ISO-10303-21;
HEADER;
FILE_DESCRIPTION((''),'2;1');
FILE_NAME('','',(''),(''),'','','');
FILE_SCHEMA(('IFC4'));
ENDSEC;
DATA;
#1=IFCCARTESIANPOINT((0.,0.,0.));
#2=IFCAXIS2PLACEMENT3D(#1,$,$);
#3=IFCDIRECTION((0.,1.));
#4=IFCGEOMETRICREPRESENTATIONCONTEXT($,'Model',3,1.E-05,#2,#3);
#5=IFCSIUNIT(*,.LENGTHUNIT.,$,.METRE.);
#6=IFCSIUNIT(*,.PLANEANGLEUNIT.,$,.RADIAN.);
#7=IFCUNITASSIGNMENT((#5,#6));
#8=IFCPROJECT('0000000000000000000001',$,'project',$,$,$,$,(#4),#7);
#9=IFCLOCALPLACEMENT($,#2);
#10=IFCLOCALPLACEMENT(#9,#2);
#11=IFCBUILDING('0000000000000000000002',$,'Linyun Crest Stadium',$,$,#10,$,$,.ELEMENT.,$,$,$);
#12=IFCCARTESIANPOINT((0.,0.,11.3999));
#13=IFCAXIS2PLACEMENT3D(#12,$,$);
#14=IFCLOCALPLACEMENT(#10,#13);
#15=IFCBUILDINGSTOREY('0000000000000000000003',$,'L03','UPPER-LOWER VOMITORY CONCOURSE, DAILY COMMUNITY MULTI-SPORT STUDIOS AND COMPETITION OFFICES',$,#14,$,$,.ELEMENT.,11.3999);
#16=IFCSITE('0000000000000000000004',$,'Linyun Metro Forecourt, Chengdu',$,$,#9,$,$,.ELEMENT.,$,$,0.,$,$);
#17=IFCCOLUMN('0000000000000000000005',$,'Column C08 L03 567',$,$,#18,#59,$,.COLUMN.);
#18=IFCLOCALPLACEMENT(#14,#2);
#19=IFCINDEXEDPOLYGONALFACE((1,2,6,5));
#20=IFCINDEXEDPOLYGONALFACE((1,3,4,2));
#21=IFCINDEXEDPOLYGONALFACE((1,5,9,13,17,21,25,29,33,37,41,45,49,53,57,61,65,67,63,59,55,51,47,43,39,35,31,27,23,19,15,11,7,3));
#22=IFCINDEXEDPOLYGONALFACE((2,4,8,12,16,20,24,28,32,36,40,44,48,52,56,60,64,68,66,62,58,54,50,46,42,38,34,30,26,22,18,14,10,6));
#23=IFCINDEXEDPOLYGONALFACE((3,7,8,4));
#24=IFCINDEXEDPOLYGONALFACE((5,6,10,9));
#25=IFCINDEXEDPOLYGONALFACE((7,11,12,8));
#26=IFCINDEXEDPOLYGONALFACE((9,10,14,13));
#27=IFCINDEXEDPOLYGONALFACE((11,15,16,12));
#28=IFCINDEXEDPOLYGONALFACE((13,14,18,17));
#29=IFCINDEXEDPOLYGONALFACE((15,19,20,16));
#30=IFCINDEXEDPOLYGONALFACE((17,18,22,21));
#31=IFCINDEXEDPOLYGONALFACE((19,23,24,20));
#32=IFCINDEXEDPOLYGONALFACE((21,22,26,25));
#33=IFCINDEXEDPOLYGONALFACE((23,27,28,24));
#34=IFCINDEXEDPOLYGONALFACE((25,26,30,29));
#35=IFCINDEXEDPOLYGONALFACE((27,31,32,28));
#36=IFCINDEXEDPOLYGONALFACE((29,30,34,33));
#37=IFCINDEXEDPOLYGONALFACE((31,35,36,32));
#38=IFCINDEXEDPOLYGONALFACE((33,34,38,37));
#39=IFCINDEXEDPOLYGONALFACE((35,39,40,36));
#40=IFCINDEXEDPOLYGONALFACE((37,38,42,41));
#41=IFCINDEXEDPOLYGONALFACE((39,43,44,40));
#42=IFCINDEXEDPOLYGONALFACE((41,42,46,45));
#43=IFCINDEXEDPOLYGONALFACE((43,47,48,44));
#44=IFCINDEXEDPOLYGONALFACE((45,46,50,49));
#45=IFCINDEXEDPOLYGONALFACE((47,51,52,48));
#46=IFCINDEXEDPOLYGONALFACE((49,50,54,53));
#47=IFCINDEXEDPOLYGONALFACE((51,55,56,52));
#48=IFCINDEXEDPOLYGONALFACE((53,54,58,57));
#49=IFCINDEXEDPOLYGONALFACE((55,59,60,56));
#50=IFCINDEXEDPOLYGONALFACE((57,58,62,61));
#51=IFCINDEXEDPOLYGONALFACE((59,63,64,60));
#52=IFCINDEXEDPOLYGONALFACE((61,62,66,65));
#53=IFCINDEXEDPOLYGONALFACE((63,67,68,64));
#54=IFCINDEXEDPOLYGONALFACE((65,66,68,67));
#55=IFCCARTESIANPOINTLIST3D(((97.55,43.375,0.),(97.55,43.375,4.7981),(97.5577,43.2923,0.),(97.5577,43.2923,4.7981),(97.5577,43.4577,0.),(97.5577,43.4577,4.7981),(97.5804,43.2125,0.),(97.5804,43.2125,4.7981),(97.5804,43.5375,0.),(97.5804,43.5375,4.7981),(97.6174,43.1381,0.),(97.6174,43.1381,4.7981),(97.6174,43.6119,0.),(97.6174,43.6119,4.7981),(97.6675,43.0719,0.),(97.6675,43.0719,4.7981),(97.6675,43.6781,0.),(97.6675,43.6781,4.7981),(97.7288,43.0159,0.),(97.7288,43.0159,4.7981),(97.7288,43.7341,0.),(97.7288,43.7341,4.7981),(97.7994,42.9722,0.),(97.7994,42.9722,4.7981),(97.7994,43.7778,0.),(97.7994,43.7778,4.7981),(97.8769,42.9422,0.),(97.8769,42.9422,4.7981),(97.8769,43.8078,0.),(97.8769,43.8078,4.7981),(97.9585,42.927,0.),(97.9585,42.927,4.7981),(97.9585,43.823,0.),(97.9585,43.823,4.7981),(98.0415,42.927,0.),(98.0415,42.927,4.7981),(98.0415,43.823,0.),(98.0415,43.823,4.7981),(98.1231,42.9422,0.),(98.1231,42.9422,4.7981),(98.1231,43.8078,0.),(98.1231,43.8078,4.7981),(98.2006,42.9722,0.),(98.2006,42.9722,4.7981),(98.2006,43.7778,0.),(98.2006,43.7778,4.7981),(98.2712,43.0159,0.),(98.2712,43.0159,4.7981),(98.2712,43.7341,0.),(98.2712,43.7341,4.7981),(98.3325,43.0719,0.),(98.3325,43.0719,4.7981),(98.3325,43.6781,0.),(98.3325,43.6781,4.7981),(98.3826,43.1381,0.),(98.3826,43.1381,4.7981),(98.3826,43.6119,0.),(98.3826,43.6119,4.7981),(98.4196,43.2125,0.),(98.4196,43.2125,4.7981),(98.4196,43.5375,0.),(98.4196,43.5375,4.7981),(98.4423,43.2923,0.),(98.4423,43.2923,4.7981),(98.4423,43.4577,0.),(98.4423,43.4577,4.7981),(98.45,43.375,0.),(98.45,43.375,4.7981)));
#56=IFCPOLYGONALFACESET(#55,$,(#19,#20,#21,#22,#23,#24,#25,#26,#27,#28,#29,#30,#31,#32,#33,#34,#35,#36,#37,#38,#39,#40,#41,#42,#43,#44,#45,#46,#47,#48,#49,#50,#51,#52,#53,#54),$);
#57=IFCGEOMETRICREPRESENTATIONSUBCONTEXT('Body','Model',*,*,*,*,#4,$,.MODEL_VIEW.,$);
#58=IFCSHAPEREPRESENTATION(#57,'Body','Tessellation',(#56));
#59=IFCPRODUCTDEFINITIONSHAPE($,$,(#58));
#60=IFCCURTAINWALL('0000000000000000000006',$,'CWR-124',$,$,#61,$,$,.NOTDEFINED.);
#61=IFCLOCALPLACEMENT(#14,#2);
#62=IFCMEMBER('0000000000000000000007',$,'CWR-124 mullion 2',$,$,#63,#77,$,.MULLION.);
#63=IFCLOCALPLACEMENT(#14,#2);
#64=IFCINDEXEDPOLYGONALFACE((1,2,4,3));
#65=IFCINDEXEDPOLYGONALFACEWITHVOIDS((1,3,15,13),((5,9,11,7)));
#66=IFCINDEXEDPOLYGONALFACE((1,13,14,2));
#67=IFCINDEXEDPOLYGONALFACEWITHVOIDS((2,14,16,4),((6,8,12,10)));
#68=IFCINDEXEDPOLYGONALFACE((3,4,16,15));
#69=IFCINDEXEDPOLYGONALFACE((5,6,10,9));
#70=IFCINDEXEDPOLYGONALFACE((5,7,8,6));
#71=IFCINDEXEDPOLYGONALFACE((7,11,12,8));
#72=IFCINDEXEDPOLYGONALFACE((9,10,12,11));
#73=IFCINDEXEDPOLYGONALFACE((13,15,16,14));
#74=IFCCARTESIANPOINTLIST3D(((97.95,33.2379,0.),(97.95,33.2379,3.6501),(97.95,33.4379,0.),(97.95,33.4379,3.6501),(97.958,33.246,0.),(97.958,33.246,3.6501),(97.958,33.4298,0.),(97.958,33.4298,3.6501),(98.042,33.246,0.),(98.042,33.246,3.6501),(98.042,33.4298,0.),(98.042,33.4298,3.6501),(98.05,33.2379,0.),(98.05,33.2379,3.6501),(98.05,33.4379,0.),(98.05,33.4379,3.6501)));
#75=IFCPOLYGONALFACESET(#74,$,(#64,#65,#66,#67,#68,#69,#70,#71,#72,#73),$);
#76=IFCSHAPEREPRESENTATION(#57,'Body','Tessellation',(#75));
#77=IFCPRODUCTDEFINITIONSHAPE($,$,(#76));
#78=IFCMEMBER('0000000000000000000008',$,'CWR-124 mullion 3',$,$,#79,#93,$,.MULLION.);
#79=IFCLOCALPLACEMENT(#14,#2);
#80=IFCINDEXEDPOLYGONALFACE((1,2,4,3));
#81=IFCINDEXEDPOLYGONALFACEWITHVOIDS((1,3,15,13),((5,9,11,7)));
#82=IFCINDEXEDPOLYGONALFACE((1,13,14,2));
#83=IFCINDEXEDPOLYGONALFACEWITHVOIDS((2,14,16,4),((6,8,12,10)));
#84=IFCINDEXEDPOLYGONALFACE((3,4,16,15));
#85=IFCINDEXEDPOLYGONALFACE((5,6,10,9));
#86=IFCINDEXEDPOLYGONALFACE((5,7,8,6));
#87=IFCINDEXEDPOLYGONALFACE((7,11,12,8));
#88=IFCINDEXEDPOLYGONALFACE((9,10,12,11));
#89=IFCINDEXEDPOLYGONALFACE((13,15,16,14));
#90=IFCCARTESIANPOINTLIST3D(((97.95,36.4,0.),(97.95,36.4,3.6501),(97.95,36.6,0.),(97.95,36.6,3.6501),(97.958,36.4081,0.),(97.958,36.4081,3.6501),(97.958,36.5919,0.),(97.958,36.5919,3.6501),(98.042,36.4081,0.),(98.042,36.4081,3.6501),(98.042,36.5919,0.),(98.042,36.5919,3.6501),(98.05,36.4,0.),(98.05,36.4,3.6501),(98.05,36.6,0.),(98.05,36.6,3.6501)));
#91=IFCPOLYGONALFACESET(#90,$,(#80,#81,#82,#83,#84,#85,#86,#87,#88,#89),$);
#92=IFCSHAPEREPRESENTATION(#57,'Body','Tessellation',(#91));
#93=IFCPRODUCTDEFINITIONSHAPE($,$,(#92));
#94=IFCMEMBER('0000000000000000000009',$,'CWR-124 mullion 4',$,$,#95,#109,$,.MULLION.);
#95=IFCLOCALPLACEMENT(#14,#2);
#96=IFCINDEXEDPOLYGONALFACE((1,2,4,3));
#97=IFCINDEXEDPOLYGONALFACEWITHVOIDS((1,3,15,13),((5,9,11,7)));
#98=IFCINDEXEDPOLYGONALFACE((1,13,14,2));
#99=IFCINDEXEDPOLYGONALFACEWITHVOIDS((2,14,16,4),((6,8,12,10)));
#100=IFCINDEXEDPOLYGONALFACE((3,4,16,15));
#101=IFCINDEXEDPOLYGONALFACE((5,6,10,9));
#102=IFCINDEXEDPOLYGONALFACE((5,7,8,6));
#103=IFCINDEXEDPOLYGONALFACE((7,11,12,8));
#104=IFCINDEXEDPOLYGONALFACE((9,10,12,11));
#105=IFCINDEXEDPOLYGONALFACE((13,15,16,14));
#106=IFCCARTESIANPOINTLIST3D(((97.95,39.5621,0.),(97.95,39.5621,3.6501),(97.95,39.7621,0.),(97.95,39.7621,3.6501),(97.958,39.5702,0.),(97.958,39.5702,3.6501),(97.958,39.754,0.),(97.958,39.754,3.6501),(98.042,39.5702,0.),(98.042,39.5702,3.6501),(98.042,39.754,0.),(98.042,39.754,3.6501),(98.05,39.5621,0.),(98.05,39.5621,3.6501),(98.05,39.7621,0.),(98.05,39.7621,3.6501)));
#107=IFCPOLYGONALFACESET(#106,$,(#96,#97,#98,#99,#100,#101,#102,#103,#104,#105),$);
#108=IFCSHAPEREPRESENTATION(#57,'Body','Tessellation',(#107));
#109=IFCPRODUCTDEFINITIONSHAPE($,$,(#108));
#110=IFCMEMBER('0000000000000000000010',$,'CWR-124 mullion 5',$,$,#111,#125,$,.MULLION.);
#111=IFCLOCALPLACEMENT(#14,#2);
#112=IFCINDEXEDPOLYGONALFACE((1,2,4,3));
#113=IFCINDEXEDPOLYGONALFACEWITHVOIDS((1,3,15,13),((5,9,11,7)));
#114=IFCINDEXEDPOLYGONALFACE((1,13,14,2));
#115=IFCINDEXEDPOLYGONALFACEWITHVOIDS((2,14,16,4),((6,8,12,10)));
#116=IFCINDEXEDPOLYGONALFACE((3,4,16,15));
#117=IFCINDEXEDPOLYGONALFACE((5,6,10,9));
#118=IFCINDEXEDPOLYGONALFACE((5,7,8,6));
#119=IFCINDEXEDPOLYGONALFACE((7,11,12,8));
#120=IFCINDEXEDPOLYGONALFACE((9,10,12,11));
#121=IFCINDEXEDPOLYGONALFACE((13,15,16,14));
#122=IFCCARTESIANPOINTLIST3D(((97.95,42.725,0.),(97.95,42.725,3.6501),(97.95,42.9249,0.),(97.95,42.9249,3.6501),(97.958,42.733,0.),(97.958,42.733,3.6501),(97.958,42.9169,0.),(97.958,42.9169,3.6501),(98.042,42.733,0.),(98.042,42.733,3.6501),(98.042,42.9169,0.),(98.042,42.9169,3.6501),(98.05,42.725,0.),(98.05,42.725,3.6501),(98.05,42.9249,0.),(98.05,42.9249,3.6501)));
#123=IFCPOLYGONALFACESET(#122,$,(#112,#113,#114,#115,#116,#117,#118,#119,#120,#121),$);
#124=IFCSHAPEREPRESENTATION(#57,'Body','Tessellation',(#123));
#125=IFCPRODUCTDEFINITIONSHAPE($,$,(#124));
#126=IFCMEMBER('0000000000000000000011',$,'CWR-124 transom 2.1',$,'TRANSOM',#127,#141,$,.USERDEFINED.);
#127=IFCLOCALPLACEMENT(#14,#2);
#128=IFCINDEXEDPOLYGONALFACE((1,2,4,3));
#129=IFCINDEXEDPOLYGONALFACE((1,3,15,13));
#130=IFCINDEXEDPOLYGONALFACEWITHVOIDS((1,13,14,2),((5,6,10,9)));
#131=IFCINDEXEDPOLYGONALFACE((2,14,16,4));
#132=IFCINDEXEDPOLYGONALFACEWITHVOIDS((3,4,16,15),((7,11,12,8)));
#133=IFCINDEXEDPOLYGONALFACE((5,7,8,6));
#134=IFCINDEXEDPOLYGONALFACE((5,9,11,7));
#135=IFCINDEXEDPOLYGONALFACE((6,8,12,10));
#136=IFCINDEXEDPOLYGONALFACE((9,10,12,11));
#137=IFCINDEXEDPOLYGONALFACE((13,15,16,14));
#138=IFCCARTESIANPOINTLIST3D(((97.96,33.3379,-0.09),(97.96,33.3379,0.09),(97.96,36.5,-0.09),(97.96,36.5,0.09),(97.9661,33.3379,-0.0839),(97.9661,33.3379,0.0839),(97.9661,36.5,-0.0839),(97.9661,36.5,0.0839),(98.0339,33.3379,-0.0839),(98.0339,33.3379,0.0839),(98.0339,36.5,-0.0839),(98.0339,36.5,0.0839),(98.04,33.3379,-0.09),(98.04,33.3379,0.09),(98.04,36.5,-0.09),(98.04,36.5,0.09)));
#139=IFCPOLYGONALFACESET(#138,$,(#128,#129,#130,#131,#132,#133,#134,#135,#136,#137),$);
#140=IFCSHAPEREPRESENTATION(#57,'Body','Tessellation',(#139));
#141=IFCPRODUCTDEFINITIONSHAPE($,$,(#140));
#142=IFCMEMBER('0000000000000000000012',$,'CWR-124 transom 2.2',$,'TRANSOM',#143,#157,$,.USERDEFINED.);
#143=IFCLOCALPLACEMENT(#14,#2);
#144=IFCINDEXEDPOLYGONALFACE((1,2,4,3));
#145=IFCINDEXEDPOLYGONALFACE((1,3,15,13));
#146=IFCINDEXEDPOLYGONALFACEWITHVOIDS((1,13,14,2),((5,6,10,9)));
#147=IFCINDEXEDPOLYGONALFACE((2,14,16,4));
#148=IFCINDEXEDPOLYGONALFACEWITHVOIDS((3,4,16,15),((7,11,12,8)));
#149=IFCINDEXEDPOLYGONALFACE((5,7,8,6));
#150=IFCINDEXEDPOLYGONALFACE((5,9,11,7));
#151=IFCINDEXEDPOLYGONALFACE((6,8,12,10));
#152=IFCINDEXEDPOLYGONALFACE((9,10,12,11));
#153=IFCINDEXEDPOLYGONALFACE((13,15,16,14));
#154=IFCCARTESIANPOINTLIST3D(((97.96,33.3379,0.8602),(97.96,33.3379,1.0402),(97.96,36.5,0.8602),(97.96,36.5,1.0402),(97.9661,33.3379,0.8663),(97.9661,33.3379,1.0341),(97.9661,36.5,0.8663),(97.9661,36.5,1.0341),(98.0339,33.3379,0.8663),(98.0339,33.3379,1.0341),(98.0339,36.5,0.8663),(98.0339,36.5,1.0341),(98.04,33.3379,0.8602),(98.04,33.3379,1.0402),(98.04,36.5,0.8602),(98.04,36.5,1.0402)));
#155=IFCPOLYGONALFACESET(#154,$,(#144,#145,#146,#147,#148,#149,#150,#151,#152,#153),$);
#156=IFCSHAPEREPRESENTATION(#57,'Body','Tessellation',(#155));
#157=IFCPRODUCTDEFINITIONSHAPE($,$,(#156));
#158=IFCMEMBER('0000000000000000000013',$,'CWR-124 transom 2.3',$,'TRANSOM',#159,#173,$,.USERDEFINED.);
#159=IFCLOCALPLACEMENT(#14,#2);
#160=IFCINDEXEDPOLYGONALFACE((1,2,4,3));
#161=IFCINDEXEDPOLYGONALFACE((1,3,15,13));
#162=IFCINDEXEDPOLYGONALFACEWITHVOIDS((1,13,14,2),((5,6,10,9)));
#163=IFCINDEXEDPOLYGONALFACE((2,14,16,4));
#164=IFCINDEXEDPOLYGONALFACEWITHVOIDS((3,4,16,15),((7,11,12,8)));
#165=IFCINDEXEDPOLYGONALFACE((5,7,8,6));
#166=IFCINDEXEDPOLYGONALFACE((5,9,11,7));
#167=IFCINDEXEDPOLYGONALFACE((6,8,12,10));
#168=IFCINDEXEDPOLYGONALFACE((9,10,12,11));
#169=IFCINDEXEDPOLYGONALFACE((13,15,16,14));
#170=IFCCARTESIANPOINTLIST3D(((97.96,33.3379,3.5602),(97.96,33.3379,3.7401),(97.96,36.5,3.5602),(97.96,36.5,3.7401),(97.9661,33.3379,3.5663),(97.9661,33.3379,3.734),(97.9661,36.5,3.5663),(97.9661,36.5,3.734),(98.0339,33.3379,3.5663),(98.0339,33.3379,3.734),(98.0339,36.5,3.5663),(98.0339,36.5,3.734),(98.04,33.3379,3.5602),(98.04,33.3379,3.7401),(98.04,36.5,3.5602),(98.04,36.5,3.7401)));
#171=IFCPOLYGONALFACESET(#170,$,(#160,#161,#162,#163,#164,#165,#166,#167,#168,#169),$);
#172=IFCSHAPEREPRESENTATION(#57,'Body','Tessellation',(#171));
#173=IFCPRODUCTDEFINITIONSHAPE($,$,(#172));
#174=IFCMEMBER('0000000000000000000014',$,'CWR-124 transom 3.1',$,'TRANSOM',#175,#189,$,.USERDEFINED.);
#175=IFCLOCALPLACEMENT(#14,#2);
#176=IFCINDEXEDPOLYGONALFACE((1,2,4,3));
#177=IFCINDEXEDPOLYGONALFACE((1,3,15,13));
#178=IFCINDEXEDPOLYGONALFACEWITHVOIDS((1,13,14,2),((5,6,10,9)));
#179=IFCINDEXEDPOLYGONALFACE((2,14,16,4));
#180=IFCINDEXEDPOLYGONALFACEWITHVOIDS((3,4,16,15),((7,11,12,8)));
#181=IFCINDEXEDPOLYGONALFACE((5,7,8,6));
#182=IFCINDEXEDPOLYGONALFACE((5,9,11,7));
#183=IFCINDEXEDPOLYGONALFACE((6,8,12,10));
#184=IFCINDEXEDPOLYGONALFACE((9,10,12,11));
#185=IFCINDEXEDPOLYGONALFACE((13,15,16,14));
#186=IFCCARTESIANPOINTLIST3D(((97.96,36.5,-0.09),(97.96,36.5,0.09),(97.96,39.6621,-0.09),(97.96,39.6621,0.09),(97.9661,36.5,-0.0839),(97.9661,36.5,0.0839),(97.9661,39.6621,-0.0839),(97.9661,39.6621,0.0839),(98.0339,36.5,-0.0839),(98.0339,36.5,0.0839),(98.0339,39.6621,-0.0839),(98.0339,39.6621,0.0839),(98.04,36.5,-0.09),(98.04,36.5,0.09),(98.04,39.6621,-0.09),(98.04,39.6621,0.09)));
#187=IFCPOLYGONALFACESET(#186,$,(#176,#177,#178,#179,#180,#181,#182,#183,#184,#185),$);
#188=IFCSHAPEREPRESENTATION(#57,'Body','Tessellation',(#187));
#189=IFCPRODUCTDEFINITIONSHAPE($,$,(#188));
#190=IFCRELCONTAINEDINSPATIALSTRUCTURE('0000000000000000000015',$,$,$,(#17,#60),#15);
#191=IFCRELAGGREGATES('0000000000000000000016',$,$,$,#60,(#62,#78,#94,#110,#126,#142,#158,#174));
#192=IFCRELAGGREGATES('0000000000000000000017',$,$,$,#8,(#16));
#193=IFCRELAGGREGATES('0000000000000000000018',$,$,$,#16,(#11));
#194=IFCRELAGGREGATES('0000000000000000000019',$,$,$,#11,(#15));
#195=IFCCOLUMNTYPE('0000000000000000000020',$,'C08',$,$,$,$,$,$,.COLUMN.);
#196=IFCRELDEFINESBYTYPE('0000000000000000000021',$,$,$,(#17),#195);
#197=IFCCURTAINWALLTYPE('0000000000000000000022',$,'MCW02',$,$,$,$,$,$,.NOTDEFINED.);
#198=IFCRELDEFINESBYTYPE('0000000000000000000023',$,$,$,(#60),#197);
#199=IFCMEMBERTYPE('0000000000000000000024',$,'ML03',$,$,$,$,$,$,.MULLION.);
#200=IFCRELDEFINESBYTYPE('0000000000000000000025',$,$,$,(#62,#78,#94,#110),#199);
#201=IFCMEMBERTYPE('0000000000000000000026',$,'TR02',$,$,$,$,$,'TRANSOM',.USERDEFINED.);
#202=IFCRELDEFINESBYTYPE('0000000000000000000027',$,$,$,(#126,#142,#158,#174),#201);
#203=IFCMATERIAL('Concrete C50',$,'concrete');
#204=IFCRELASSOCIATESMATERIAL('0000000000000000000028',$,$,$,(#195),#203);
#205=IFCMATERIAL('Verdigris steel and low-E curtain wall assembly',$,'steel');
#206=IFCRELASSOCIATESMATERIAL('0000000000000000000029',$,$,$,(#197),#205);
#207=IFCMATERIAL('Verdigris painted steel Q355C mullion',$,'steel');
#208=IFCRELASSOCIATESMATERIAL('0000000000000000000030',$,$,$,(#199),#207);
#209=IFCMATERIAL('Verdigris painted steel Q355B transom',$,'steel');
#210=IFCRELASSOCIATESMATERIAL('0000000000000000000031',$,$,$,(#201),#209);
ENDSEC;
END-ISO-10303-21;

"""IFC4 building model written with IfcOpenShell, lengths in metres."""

from ifc_helpers import new_model, si_unit, direction, frame, origin, origin_2d, place, context, subcontext, project, spatial, hollow_rectangle, circle, extrude, material, material_profile, profile_set, type_object, element, aggregate, save


model = new_model("IFC4")

# Units and contexts
model_context = context("Model", 3, precision=1e-05, world=origin(), true_north=direction((0.0, 1.0)))
body_context = subcontext(model_context, "Body", "Model", "MODEL_VIEW")
ifc_project = project(units=[si_unit("LENGTHUNIT", "METRE"), si_unit("PLANEANGLEUNIT", "RADIAN")], contexts=[model_context])

# Site, building, storey
site_placement = place(None, origin())
site = spatial("IfcSite", under=ifc_project, at=site_placement, Name="Linyun Metro Forecourt, Chengdu", CompositionType="ELEMENT", RefElevation=0.0)
building_placement = place(site_placement, origin())
building = spatial("IfcBuilding", under=site, at=building_placement, Name="Linyun Crest Stadium", CompositionType="ELEMENT")
storey_placement = place(building_placement, frame((0.0, 0.0, 11.3999)))
storey = spatial("IfcBuildingStorey", under=building, at=storey_placement, Name="L03", Description="UPPER-LOWER VOMITORY CONCOURSE, DAILY COMMUNITY MULTI-SPORT STUDIOS AND COMPETITION OFFICES", CompositionType="ELEMENT", Elevation=11.3999)

# Column
ifc_material_1 = material(Name="Concrete C50", Category="concrete")
ifc_material_profile_1 = material_profile(ifc_material_1, circle(Radius=0.45, at=origin_2d()), Name="RC D900")
ifc_profile_set_1 = profile_set([ifc_material_profile_1], Name="Concrete C50")
column_type = type_object("IfcColumnType", Name="C08", PredefinedType="COLUMN", material=ifc_profile_set_1)
column_placement = place(storey_placement, frame((98.0, 43.375, 0.0), z_axis=(0.0, 0.0, 1.0), x_axis=(1.0, 0.0, 0.0)))
element("IfcColumn", 1, at=column_placement, inside=storey, type_object=column_type, Name="Column C08 L03 567", PredefinedType="COLUMN", context=body_context, shape_type="SweptSolid", body=[
    extrude(circle(Radius=0.45, at=origin_2d()), origin(), (0.0, 0.0, 1.0), 4.7981),
])

# Curtain wall, members
ifc_material_2 = material(Name="Verdigris steel and low-E curtain wall assembly", Category="steel")
curtain_wall_type = type_object("IfcCurtainWallType", Name="MCW02", PredefinedType="NOTDEFINED", material=ifc_material_2)
curtain_wall_placement = place(storey_placement, origin())
curtain_wall = element("IfcCurtainWall", 2, at=curtain_wall_placement, inside=storey, type_object=curtain_wall_type, Name="CWR-124", PredefinedType="NOTDEFINED")
ifc_material_3 = material(Name="Verdigris painted steel Q355C mullion", Category="steel")
ifc_material_profile_2 = material_profile(ifc_material_3, hollow_rectangle(XDim=0.1001, YDim=0.2, WallThickness=0.0081, at=origin_2d()), Name="RHS 200x100x8")
ifc_profile_set_2 = profile_set([ifc_material_profile_2], Name="Verdigris painted steel Q355C mullion")
member_type_1 = type_object("IfcMemberType", Name="ML03", PredefinedType="MULLION", material=ifc_profile_set_2)
member_1_placement = place(storey_placement, frame((98.0, 33.3379, 0.0), z_axis=(0.0, 0.0, 1.0), x_axis=(-1.0, 0.0, 0.0)))
member_1 = element("IfcMember", 3, at=member_1_placement, type_object=member_type_1, Name="CWR-124 mullion 2", PredefinedType="MULLION", context=body_context, shape_type="SweptSolid", body=[
    extrude(hollow_rectangle(XDim=0.1001, YDim=0.2, WallThickness=0.0081, at=origin_2d()), origin(), (0.0, 0.0, 1.0), 3.6501),
])
member_2_placement = place(storey_placement, frame((98.0, 36.5, 0.0), z_axis=(0.0, 0.0, 1.0), x_axis=(-1.0, 0.0, 0.0)))
member_2 = element("IfcMember", 4, at=member_2_placement, type_object=member_type_1, Name="CWR-124 mullion 3", PredefinedType="MULLION", context=body_context, shape_type="SweptSolid", body=[
    extrude(hollow_rectangle(XDim=0.1001, YDim=0.2, WallThickness=0.0081, at=origin_2d()), origin(), (0.0, 0.0, 1.0), 3.6501),
])
member_3_placement = place(storey_placement, frame((98.0, 39.6621, 0.0), z_axis=(0.0, 0.0, 1.0), x_axis=(-1.0, 0.0, 0.0)))
member_3 = element("IfcMember", 5, at=member_3_placement, type_object=member_type_1, Name="CWR-124 mullion 4", PredefinedType="MULLION", context=body_context, shape_type="SweptSolid", body=[
    extrude(hollow_rectangle(XDim=0.1001, YDim=0.2, WallThickness=0.0081, at=origin_2d()), origin(), (0.0, 0.0, 1.0), 3.6501),
])
member_4_placement = place(storey_placement, frame((98.0, 42.825, 0.0), z_axis=(0.0, 0.0, 1.0), x_axis=(-1.0, 0.0, 0.0)))
member_4 = element("IfcMember", 6, at=member_4_placement, type_object=member_type_1, Name="CWR-124 mullion 5", PredefinedType="MULLION", context=body_context, shape_type="SweptSolid", body=[
    extrude(hollow_rectangle(XDim=0.1001, YDim=0.2, WallThickness=0.0081, at=origin_2d()), origin(), (0.0, 0.0, 1.0), 3.6501),
])
ifc_material_4 = material(Name="Verdigris painted steel Q355B transom", Category="steel")
ifc_material_profile_3 = material_profile(ifc_material_4, hollow_rectangle(XDim=0.0801, YDim=0.1799, WallThickness=0.0061, at=origin_2d()), Name="RHS 180x80x6")
ifc_profile_set_3 = profile_set([ifc_material_profile_3], Name="Verdigris painted steel Q355B transom")
member_type_2 = type_object("IfcMemberType", Name="TR02", ElementType="TRANSOM", PredefinedType="USERDEFINED", material=ifc_profile_set_3)
member_5_placement = place(storey_placement, frame((98.0, 33.3379, 0.0), z_axis=(0.0, 1.0, 0.0), x_axis=(-1.0, 0.0, 0.0)))
member_5 = element("IfcMember", 7, at=member_5_placement, type_object=member_type_2, Name="CWR-124 transom 2.1", ObjectType="TRANSOM", PredefinedType="USERDEFINED", context=body_context, shape_type="SweptSolid", body=[
    extrude(hollow_rectangle(XDim=0.0801, YDim=0.1799, WallThickness=0.0061, at=origin_2d()), origin(), (0.0, 0.0, 1.0), 3.1621),
])
member_6_placement = place(storey_placement, frame((98.0, 33.3379, 0.9502), z_axis=(0.0, 1.0, 0.0), x_axis=(-1.0, 0.0, 0.0)))
member_6 = element("IfcMember", 8, at=member_6_placement, type_object=member_type_2, Name="CWR-124 transom 2.2", ObjectType="TRANSOM", PredefinedType="USERDEFINED", context=body_context, shape_type="SweptSolid", body=[
    extrude(hollow_rectangle(XDim=0.0801, YDim=0.1799, WallThickness=0.0061, at=origin_2d()), origin(), (0.0, 0.0, 1.0), 3.1621),
])
member_7_placement = place(storey_placement, frame((98.0, 33.3379, 3.6501), z_axis=(0.0, 1.0, 0.0), x_axis=(-1.0, 0.0, 0.0)))
member_7 = element("IfcMember", 9, at=member_7_placement, type_object=member_type_2, Name="CWR-124 transom 2.3", ObjectType="TRANSOM", PredefinedType="USERDEFINED", context=body_context, shape_type="SweptSolid", body=[
    extrude(hollow_rectangle(XDim=0.0801, YDim=0.1799, WallThickness=0.0061, at=origin_2d()), origin(), (0.0, 0.0, 1.0), 3.1621),
])
member_8_placement = place(storey_placement, frame((98.0, 36.5, 0.0), z_axis=(0.0, 1.0, 0.0), x_axis=(-1.0, 0.0, 0.0)))
member_8 = element("IfcMember", 10, at=member_8_placement, type_object=member_type_2, Name="CWR-124 transom 3.1", ObjectType="TRANSOM", PredefinedType="USERDEFINED", context=body_context, shape_type="SweptSolid", body=[
    extrude(hollow_rectangle(XDim=0.0801, YDim=0.1799, WallThickness=0.0061, at=origin_2d()), origin(), (0.0, 0.0, 1.0), 3.1621),
])
aggregate(curtain_wall, [member_1, member_2, member_3, member_4, member_5, member_6, member_7, member_8])

save(model, "model.ifc")
